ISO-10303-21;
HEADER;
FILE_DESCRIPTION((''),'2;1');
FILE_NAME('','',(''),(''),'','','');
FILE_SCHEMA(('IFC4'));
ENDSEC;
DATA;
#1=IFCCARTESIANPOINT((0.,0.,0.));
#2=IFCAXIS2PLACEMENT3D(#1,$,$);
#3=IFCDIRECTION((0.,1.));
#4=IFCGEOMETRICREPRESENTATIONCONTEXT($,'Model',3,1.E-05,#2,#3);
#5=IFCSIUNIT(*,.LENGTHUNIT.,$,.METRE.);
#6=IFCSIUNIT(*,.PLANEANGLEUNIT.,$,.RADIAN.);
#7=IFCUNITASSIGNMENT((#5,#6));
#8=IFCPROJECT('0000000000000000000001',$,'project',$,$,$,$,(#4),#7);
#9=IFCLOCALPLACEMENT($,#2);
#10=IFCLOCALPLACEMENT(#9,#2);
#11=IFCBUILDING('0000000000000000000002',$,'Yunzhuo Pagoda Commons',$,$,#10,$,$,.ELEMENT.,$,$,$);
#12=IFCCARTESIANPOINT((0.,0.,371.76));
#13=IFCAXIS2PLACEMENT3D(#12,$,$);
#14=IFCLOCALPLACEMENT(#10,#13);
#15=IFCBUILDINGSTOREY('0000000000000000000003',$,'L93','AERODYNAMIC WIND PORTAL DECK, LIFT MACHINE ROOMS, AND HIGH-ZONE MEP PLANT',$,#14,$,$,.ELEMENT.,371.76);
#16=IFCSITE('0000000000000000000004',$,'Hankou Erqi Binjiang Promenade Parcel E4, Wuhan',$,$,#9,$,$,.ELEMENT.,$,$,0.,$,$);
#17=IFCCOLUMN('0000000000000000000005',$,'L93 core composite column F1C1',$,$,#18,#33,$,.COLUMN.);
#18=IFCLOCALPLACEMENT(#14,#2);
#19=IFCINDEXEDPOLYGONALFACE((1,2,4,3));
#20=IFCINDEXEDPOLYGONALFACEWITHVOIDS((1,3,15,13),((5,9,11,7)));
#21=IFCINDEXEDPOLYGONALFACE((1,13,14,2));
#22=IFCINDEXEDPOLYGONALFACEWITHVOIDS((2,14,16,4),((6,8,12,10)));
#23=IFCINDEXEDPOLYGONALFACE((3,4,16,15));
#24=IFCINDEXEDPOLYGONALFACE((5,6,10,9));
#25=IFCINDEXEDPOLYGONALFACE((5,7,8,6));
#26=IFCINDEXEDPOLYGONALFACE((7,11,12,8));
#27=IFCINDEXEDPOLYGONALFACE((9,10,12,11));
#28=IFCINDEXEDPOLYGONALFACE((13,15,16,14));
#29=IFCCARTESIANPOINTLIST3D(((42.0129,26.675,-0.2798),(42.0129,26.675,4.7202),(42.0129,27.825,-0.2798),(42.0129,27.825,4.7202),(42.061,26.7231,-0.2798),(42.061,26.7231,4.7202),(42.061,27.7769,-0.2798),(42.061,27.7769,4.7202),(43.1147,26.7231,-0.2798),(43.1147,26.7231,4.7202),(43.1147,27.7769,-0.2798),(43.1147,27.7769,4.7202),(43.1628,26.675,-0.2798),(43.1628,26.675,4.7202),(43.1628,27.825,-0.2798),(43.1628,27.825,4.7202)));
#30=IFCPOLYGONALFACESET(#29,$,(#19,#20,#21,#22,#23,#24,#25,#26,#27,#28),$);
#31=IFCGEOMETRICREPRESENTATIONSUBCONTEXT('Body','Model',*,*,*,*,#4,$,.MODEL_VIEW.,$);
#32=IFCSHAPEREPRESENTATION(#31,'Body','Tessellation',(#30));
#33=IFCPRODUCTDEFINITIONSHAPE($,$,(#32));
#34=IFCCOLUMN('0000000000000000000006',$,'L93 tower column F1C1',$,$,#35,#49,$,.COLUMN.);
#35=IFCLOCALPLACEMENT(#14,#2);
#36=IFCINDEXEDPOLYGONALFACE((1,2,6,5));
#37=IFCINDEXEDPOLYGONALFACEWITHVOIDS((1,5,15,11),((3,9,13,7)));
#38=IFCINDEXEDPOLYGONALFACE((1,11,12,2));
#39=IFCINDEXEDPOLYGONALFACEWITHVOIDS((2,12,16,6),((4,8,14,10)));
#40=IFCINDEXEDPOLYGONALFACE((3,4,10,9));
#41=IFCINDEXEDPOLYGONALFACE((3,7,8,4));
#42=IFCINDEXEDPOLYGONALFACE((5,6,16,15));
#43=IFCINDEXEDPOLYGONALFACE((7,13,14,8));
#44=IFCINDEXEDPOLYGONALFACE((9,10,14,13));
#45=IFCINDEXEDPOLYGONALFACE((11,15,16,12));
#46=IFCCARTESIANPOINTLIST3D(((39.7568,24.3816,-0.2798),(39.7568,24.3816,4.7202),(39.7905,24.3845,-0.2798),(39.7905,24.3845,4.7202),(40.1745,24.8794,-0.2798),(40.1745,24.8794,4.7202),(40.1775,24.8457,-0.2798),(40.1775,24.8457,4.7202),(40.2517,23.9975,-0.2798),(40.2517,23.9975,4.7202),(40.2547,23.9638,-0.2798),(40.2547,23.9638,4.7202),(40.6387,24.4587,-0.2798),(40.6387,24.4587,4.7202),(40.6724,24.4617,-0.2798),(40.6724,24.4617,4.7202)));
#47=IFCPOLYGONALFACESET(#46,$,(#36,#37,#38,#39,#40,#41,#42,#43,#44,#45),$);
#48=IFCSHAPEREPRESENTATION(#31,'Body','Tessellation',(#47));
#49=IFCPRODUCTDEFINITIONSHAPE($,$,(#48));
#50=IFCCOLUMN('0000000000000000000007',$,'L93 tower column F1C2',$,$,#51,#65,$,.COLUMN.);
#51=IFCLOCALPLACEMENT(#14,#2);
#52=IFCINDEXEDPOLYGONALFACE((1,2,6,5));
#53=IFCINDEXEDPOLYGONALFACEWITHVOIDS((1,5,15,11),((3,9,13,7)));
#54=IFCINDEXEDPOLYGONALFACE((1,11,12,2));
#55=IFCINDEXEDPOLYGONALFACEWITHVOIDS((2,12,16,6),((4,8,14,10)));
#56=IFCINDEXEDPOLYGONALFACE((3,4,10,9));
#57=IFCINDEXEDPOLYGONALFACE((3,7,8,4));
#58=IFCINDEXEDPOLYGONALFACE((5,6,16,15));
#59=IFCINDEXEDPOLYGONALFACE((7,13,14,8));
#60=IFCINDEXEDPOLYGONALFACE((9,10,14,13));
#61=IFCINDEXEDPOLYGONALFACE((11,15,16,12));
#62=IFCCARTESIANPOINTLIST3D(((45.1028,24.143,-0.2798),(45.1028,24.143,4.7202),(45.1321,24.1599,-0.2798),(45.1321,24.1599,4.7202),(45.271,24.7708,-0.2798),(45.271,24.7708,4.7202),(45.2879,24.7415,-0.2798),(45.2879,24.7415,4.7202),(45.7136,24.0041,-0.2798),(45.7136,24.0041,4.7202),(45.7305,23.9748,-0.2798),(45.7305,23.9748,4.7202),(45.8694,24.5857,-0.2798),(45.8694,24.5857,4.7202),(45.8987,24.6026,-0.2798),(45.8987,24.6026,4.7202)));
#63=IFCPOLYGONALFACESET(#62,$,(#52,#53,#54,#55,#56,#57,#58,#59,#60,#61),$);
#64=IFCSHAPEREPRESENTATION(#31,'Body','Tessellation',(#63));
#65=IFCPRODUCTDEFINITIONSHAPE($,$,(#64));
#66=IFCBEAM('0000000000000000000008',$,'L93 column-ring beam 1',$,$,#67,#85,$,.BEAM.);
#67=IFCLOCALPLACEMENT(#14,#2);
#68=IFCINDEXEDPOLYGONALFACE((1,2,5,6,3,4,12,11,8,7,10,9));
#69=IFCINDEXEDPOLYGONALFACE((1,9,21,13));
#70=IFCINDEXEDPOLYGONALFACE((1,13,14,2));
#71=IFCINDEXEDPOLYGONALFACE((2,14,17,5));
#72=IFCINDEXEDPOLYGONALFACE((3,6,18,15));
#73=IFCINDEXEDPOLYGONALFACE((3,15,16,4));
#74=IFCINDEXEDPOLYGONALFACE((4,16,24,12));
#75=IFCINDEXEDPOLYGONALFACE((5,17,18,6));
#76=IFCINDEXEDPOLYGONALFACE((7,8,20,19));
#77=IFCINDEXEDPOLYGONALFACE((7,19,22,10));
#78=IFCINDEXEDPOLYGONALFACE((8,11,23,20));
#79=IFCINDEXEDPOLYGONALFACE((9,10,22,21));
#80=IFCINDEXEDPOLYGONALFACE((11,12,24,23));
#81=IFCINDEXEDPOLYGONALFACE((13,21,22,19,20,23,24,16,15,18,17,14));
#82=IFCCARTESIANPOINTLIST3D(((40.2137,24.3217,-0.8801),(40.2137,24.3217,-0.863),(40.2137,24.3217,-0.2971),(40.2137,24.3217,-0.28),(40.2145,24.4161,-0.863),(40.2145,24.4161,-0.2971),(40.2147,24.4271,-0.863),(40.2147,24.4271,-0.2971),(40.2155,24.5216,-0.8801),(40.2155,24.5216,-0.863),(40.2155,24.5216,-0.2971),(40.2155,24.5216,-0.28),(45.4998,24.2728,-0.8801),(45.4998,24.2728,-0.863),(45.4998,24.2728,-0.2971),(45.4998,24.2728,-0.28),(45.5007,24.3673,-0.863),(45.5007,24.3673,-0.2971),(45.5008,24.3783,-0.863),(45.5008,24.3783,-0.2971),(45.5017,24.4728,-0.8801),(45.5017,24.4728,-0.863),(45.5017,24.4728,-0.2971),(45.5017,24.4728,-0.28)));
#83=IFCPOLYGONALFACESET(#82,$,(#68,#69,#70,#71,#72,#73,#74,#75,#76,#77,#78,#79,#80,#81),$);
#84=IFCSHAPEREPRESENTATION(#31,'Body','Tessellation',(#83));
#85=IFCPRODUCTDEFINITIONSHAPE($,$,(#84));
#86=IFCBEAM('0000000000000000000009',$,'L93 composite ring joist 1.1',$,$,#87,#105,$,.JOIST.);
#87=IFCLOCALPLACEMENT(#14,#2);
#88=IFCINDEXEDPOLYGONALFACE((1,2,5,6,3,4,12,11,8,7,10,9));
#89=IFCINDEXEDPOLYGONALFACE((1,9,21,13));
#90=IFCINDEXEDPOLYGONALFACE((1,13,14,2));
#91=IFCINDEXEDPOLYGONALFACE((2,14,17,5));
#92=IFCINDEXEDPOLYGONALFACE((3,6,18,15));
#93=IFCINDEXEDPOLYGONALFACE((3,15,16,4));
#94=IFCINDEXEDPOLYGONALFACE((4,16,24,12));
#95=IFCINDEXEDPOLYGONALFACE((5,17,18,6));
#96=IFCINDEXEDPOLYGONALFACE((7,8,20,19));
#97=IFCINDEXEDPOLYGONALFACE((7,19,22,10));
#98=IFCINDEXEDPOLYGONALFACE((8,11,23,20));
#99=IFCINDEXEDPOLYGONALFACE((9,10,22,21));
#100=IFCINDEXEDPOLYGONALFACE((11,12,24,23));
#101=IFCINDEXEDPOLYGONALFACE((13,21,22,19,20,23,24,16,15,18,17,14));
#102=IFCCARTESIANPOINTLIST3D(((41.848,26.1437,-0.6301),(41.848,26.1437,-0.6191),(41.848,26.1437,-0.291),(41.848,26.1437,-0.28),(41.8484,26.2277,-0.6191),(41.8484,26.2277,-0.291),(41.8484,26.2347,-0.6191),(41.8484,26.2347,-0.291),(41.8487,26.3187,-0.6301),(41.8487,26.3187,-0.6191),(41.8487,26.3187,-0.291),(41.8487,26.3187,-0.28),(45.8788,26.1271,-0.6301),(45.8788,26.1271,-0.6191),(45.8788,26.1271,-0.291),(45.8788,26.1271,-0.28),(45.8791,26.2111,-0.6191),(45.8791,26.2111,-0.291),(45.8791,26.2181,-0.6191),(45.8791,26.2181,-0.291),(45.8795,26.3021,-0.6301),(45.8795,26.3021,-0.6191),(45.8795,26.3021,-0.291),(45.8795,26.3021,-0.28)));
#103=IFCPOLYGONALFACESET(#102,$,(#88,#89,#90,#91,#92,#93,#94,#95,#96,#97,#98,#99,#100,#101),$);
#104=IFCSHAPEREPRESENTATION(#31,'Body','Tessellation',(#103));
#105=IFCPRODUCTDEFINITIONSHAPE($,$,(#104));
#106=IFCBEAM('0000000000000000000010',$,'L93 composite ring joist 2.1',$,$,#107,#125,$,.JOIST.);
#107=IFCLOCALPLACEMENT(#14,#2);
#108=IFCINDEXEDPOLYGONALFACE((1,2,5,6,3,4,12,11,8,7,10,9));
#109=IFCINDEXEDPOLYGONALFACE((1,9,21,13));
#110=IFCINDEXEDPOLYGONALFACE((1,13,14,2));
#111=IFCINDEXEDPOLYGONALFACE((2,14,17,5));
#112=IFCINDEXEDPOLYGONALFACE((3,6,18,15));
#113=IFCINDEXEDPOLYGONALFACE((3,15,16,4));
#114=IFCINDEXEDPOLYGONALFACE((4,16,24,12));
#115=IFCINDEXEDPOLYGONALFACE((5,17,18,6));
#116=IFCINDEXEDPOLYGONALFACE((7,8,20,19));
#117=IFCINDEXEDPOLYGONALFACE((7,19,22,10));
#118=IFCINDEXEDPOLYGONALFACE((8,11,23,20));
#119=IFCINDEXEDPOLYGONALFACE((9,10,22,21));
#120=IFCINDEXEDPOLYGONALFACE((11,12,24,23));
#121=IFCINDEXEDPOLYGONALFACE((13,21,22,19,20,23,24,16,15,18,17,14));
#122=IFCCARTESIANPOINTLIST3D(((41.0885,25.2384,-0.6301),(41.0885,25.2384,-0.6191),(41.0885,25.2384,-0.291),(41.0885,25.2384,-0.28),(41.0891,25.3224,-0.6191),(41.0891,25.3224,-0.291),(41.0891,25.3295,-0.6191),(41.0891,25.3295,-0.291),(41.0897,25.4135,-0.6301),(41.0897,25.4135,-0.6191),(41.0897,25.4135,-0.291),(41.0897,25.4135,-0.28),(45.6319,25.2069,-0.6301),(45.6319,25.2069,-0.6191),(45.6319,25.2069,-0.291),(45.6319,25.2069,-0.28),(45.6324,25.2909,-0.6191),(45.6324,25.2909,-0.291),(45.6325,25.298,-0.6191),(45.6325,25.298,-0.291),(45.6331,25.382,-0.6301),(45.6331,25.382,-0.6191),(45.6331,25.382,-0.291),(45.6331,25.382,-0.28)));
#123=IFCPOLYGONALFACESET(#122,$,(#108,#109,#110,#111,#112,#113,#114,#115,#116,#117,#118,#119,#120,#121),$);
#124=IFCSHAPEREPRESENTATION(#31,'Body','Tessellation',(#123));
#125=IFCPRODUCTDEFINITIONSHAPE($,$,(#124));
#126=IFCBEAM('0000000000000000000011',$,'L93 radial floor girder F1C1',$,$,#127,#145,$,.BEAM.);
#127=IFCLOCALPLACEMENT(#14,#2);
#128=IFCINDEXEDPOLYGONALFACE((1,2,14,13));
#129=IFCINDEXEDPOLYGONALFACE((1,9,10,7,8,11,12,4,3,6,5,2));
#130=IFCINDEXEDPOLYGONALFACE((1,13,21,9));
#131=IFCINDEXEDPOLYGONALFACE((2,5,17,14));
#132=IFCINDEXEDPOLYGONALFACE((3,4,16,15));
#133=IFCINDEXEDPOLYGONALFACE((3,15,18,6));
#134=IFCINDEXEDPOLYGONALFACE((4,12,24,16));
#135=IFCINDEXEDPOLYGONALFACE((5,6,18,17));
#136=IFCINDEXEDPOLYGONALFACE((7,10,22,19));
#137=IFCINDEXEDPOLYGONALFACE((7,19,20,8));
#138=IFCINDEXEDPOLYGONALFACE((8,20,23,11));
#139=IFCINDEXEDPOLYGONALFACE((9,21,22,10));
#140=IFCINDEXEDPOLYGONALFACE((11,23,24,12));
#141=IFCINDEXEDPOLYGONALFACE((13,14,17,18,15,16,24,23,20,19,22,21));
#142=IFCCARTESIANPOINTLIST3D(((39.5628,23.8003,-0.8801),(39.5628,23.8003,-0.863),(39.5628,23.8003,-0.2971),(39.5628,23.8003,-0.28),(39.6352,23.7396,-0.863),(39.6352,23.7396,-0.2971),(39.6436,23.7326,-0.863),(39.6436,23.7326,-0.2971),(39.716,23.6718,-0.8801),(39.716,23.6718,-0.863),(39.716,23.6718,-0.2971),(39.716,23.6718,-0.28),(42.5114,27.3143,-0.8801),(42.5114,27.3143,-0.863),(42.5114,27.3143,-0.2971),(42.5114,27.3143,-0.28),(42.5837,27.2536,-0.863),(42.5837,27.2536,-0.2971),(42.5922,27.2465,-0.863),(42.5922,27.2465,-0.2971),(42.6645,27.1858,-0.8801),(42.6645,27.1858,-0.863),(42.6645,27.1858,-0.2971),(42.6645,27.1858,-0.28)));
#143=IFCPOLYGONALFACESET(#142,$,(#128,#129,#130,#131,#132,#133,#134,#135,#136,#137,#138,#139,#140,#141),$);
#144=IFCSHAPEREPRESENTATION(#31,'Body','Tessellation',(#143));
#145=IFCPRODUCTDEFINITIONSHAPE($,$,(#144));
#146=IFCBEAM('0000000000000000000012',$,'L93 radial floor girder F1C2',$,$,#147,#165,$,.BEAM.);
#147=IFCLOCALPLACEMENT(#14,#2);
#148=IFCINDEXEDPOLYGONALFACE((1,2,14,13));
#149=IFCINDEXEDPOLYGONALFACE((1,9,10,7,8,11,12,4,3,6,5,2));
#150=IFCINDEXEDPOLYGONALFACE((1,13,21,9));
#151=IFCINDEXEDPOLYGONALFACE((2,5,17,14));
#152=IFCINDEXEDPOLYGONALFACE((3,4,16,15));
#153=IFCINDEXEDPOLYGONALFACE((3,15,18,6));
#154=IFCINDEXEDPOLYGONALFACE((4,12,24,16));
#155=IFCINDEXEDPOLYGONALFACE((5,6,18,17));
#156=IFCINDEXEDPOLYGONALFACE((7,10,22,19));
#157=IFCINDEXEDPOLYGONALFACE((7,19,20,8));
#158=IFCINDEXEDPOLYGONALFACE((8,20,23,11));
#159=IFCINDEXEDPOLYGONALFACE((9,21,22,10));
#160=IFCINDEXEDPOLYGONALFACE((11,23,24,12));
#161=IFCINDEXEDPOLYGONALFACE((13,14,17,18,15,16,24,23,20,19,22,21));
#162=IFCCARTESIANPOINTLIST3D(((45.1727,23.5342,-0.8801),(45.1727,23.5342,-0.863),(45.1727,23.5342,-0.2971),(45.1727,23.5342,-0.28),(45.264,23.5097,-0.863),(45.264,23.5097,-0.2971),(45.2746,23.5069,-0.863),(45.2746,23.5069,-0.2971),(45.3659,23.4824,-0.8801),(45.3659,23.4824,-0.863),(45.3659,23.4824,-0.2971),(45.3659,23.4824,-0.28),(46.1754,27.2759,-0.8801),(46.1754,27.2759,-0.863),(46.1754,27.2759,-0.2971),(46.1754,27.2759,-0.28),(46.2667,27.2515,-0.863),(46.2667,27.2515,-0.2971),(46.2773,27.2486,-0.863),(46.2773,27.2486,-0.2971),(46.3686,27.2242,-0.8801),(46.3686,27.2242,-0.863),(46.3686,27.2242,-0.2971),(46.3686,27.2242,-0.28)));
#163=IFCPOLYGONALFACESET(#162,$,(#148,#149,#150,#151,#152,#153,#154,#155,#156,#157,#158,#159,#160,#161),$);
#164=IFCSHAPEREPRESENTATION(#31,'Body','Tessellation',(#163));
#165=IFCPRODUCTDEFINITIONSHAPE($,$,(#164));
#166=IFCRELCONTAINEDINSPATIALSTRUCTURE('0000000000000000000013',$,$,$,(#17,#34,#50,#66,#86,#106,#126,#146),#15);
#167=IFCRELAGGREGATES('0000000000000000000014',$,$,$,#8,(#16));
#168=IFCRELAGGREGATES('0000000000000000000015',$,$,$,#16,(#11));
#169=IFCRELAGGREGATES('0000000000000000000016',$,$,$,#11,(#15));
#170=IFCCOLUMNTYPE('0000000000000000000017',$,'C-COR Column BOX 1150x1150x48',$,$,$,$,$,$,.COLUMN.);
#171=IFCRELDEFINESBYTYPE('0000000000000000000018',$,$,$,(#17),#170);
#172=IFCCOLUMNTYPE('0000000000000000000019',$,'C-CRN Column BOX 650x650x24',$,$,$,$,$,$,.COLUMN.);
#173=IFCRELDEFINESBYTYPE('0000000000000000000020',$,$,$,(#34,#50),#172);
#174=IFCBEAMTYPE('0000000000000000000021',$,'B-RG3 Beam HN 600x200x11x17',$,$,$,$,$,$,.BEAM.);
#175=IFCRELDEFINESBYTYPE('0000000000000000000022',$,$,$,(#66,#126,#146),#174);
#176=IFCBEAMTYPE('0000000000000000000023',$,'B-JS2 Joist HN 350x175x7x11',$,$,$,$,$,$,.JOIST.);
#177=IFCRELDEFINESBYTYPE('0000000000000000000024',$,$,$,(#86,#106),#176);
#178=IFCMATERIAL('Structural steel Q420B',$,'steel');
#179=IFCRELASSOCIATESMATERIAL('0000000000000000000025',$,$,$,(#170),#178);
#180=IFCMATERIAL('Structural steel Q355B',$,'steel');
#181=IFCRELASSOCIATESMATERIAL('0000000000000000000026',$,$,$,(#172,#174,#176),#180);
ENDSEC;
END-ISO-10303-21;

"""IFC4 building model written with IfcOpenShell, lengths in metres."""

from ifc_helpers import new_model, si_unit, direction, frame, origin, origin_2d, place, context, subcontext, project, spatial, hollow_rectangle, i_section, extrude, source, transform, mapped, material, material_profile, profile_set, type_object, element, save


model = new_model("IFC4")

# Units and contexts
model_context = context("Model", 3, precision=1e-05, world=origin(), true_north=direction((0.0, 1.0)))
body_context = subcontext(model_context, "Body", "Model", "MODEL_VIEW")
ifc_project = project(units=[si_unit("LENGTHUNIT", "METRE"), si_unit("PLANEANGLEUNIT", "RADIAN")], contexts=[model_context])

# Site, building, storey
site_placement = place(None, origin())
site = spatial("IfcSite", under=ifc_project, at=site_placement, Name="Hankou Erqi Binjiang Promenade Parcel E4, Wuhan", CompositionType="ELEMENT", RefElevation=0.0)
building_placement = place(site_placement, origin())
building = spatial("IfcBuilding", under=site, at=building_placement, Name="Yunzhuo Pagoda Commons", CompositionType="ELEMENT")
storey_placement = place(building_placement, frame((0.0, 0.0, 371.76)))
storey = spatial("IfcBuildingStorey", under=building, at=storey_placement, Name="L93", Description="AERODYNAMIC WIND PORTAL DECK, LIFT MACHINE ROOMS, AND HIGH-ZONE MEP PLANT", CompositionType="ELEMENT", Elevation=371.76)

# Columns
ifc_material_1 = material(Name="Structural steel Q420B", Category="steel")
ifc_material_profile_1 = material_profile(ifc_material_1, hollow_rectangle(XDim=1.1499, YDim=1.1499, WallThickness=0.0481, at=origin_2d()), Name="Structural steel Q420B")
ifc_profile_set_1 = profile_set([ifc_material_profile_1], Name="Structural steel Q420B")
column_type_1 = type_object("IfcColumnType", Name="C-COR Column BOX 1150x1150x48", PredefinedType="COLUMN", material=ifc_profile_set_1)
shared_shape_1 = source(origin(), body_context, "Body", "SweptSolid", [
    extrude(hollow_rectangle(XDim=1.1499, YDim=1.1499, WallThickness=0.0481, at=origin_2d()), origin(), (0.0, 0.0, 1.0), 5.0),
])
column_placement = place(storey_placement, frame((42.5879, 27.25, -0.2798), z_axis=(0.0, 0.0, 1.0), x_axis=(1.0, 0.0, 0.0)))
element("IfcColumn", 1, at=column_placement, inside=storey, type_object=column_type_1, Name="L93 core composite column F1C1", PredefinedType="COLUMN", context=body_context, shape_type="MappedRepresentation", body=[
    mapped(shared_shape_1, transform((0.0, 0.0, 0.0), scale=1.0)),
])
ifc_material_2 = material(Name="Structural steel Q355B", Category="steel")
ifc_material_profile_2 = material_profile(ifc_material_2, hollow_rectangle(XDim=0.6499, YDim=0.6499, WallThickness=0.0239, at=origin_2d()), Name="Structural steel Q355B")
ifc_profile_set_2 = profile_set([ifc_material_profile_2], Name="Structural steel Q355B")
column_type_2 = type_object("IfcColumnType", Name="C-CRN Column BOX 650x650x24", PredefinedType="COLUMN", material=ifc_profile_set_2)
shared_shape_2 = source(origin(), body_context, "Body", "SweptSolid", [
    extrude(hollow_rectangle(XDim=0.6499, YDim=0.6499, WallThickness=0.0239, at=origin_2d()), origin(), (0.0, 0.0, 1.0), 5.0),
])
for number, where, z_axis, x_axis, name in (
    (2, (40.2146, 24.4216, -0.2798), (0.0, 0.0, 1.0), (0.766044, -0.642788, 0.0), "L93 tower column F1C1"),
    (3, (45.5007, 24.3728, -0.2798), (0.0, 0.0, 1.0), (0.965926, -0.258819, 0.0), "L93 tower column F1C2"),
):
    element("IfcColumn", number, at=place(storey_placement, frame(where, z_axis=z_axis, x_axis=x_axis)), inside=storey, type_object=column_type_2, Name=name, PredefinedType="COLUMN", context=body_context, shape_type="MappedRepresentation", body=[
        mapped(shared_shape_2, transform((0.0, 0.0, 0.0), scale=1.0)),
    ])

# Beams
ifc_material_profile_3 = material_profile(ifc_material_2, i_section(OverallWidth=0.2, OverallDepth=0.6001, WebThickness=0.011, FlangeThickness=0.0171, at=origin_2d()), Name="Structural steel Q355B")
ifc_profile_set_3 = profile_set([ifc_material_profile_3], Name="Structural steel Q355B")
beam_type_1 = type_object("IfcBeamType", Name="B-RG3 Beam HN 600x200x11x17", PredefinedType="BEAM", material=ifc_profile_set_3)
shared_shape_3 = source(origin(), body_context, "Body", "SweptSolid", [
    extrude(i_section(OverallWidth=0.2, OverallDepth=0.6001, WebThickness=0.011, FlangeThickness=0.0171, at=origin_2d()), origin(), (0.0, 0.0, 1.0), 5.2864),
])
beam_1_placement = place(storey_placement, frame((40.2146, 24.4216, -0.5801), z_axis=(0.999957, -0.009237, 0.0), x_axis=(0.009237, 0.999957, 0.0)))
element("IfcBeam", 4, at=beam_1_placement, inside=storey, type_object=beam_type_1, Name="L93 column-ring beam 1", PredefinedType="BEAM", context=body_context, shape_type="MappedRepresentation", body=[
    mapped(shared_shape_3, transform((0.0, 0.0, 0.0), scale=1.0)),
])
ifc_material_profile_4 = material_profile(ifc_material_2, i_section(OverallWidth=0.175, OverallDepth=0.3501, WebThickness=0.0071, FlangeThickness=0.011, at=origin_2d()), Name="Structural steel Q355B")
ifc_profile_set_4 = profile_set([ifc_material_profile_4], Name="Structural steel Q355B")
beam_type_2 = type_object("IfcBeamType", Name="B-JS2 Joist HN 350x175x7x11", PredefinedType="JOIST", material=ifc_profile_set_4)
shared_shape_4 = source(origin(), body_context, "Body", "SweptSolid", [
    extrude(i_section(OverallWidth=0.175, OverallDepth=0.3501, WebThickness=0.0071, FlangeThickness=0.011, at=origin_2d()), origin(), (0.0, 0.0, 1.0), 4.0308),
])
beam_2_placement = place(storey_placement, frame((41.8484, 26.2312, -0.4551), z_axis=(0.999992, -0.004119, 0.0), x_axis=(0.004119, 0.999992, 0.0)))
element("IfcBeam", 5, at=beam_2_placement, inside=storey, type_object=beam_type_2, Name="L93 composite ring joist 1.1", PredefinedType="JOIST", context=body_context, shape_type="MappedRepresentation", body=[
    mapped(shared_shape_4, transform((0.0, 0.0, 0.0), scale=1.0)),
])
shared_shape_5 = source(origin(), body_context, "Body", "SweptSolid", [
    extrude(i_section(OverallWidth=0.175, OverallDepth=0.3501, WebThickness=0.0071, FlangeThickness=0.011, at=origin_2d()), origin(), (0.0, 0.0, 1.0), 4.5435),
])
beam_3_placement = place(storey_placement, frame((41.0891, 25.3259, -0.4551), z_axis=(0.999976, -0.006932, 0.0), x_axis=(0.006932, 0.999976, 0.0)))
element("IfcBeam", 6, at=beam_3_placement, inside=storey, type_object=beam_type_2, Name="L93 composite ring joist 2.1", PredefinedType="JOIST", context=body_context, shape_type="MappedRepresentation", body=[
    mapped(shared_shape_5, transform((0.0, 0.0, 0.0), scale=1.0)),
])
shared_shape_6 = source(origin(), body_context, "Body", "SweptSolid", [
    extrude(i_section(OverallWidth=0.2, OverallDepth=0.6001, WebThickness=0.011, FlangeThickness=0.0171, at=origin_2d()), origin(), (0.0, 0.0, 1.0), 4.5872),
])
beam_4_placement = place(storey_placement, frame((39.6394, 23.7361, -0.5801), z_axis=(0.642783, 0.766049, 0.0), x_axis=(-0.766049, 0.642783, 0.0)))
element("IfcBeam", 7, at=beam_4_placement, inside=storey, type_object=beam_type_1, Name="L93 radial floor girder F1C1", PredefinedType="BEAM", context=body_context, shape_type="MappedRepresentation", body=[
    mapped(shared_shape_6, transform((0.0, 0.0, 0.0), scale=1.0)),
])
shared_shape_7 = source(origin(), body_context, "Body", "SweptSolid", [
    extrude(i_section(OverallWidth=0.2, OverallDepth=0.6001, WebThickness=0.011, FlangeThickness=0.0171, at=origin_2d()), origin(), (0.0, 0.0, 1.0), 3.8738),
])
beam_5_placement = place(storey_placement, frame((45.2693, 23.5083, -0.5801), z_axis=(0.258843, 0.965919, 0.0), x_axis=(-0.965919, 0.258843, 0.0)))
element("IfcBeam", 8, at=beam_5_placement, inside=storey, type_object=beam_type_1, Name="L93 radial floor girder F1C2", PredefinedType="BEAM", context=body_context, shape_type="MappedRepresentation", body=[
    mapped(shared_shape_7, transform((0.0, 0.0, 0.0), scale=1.0)),
])

save(model, "model.ifc")
